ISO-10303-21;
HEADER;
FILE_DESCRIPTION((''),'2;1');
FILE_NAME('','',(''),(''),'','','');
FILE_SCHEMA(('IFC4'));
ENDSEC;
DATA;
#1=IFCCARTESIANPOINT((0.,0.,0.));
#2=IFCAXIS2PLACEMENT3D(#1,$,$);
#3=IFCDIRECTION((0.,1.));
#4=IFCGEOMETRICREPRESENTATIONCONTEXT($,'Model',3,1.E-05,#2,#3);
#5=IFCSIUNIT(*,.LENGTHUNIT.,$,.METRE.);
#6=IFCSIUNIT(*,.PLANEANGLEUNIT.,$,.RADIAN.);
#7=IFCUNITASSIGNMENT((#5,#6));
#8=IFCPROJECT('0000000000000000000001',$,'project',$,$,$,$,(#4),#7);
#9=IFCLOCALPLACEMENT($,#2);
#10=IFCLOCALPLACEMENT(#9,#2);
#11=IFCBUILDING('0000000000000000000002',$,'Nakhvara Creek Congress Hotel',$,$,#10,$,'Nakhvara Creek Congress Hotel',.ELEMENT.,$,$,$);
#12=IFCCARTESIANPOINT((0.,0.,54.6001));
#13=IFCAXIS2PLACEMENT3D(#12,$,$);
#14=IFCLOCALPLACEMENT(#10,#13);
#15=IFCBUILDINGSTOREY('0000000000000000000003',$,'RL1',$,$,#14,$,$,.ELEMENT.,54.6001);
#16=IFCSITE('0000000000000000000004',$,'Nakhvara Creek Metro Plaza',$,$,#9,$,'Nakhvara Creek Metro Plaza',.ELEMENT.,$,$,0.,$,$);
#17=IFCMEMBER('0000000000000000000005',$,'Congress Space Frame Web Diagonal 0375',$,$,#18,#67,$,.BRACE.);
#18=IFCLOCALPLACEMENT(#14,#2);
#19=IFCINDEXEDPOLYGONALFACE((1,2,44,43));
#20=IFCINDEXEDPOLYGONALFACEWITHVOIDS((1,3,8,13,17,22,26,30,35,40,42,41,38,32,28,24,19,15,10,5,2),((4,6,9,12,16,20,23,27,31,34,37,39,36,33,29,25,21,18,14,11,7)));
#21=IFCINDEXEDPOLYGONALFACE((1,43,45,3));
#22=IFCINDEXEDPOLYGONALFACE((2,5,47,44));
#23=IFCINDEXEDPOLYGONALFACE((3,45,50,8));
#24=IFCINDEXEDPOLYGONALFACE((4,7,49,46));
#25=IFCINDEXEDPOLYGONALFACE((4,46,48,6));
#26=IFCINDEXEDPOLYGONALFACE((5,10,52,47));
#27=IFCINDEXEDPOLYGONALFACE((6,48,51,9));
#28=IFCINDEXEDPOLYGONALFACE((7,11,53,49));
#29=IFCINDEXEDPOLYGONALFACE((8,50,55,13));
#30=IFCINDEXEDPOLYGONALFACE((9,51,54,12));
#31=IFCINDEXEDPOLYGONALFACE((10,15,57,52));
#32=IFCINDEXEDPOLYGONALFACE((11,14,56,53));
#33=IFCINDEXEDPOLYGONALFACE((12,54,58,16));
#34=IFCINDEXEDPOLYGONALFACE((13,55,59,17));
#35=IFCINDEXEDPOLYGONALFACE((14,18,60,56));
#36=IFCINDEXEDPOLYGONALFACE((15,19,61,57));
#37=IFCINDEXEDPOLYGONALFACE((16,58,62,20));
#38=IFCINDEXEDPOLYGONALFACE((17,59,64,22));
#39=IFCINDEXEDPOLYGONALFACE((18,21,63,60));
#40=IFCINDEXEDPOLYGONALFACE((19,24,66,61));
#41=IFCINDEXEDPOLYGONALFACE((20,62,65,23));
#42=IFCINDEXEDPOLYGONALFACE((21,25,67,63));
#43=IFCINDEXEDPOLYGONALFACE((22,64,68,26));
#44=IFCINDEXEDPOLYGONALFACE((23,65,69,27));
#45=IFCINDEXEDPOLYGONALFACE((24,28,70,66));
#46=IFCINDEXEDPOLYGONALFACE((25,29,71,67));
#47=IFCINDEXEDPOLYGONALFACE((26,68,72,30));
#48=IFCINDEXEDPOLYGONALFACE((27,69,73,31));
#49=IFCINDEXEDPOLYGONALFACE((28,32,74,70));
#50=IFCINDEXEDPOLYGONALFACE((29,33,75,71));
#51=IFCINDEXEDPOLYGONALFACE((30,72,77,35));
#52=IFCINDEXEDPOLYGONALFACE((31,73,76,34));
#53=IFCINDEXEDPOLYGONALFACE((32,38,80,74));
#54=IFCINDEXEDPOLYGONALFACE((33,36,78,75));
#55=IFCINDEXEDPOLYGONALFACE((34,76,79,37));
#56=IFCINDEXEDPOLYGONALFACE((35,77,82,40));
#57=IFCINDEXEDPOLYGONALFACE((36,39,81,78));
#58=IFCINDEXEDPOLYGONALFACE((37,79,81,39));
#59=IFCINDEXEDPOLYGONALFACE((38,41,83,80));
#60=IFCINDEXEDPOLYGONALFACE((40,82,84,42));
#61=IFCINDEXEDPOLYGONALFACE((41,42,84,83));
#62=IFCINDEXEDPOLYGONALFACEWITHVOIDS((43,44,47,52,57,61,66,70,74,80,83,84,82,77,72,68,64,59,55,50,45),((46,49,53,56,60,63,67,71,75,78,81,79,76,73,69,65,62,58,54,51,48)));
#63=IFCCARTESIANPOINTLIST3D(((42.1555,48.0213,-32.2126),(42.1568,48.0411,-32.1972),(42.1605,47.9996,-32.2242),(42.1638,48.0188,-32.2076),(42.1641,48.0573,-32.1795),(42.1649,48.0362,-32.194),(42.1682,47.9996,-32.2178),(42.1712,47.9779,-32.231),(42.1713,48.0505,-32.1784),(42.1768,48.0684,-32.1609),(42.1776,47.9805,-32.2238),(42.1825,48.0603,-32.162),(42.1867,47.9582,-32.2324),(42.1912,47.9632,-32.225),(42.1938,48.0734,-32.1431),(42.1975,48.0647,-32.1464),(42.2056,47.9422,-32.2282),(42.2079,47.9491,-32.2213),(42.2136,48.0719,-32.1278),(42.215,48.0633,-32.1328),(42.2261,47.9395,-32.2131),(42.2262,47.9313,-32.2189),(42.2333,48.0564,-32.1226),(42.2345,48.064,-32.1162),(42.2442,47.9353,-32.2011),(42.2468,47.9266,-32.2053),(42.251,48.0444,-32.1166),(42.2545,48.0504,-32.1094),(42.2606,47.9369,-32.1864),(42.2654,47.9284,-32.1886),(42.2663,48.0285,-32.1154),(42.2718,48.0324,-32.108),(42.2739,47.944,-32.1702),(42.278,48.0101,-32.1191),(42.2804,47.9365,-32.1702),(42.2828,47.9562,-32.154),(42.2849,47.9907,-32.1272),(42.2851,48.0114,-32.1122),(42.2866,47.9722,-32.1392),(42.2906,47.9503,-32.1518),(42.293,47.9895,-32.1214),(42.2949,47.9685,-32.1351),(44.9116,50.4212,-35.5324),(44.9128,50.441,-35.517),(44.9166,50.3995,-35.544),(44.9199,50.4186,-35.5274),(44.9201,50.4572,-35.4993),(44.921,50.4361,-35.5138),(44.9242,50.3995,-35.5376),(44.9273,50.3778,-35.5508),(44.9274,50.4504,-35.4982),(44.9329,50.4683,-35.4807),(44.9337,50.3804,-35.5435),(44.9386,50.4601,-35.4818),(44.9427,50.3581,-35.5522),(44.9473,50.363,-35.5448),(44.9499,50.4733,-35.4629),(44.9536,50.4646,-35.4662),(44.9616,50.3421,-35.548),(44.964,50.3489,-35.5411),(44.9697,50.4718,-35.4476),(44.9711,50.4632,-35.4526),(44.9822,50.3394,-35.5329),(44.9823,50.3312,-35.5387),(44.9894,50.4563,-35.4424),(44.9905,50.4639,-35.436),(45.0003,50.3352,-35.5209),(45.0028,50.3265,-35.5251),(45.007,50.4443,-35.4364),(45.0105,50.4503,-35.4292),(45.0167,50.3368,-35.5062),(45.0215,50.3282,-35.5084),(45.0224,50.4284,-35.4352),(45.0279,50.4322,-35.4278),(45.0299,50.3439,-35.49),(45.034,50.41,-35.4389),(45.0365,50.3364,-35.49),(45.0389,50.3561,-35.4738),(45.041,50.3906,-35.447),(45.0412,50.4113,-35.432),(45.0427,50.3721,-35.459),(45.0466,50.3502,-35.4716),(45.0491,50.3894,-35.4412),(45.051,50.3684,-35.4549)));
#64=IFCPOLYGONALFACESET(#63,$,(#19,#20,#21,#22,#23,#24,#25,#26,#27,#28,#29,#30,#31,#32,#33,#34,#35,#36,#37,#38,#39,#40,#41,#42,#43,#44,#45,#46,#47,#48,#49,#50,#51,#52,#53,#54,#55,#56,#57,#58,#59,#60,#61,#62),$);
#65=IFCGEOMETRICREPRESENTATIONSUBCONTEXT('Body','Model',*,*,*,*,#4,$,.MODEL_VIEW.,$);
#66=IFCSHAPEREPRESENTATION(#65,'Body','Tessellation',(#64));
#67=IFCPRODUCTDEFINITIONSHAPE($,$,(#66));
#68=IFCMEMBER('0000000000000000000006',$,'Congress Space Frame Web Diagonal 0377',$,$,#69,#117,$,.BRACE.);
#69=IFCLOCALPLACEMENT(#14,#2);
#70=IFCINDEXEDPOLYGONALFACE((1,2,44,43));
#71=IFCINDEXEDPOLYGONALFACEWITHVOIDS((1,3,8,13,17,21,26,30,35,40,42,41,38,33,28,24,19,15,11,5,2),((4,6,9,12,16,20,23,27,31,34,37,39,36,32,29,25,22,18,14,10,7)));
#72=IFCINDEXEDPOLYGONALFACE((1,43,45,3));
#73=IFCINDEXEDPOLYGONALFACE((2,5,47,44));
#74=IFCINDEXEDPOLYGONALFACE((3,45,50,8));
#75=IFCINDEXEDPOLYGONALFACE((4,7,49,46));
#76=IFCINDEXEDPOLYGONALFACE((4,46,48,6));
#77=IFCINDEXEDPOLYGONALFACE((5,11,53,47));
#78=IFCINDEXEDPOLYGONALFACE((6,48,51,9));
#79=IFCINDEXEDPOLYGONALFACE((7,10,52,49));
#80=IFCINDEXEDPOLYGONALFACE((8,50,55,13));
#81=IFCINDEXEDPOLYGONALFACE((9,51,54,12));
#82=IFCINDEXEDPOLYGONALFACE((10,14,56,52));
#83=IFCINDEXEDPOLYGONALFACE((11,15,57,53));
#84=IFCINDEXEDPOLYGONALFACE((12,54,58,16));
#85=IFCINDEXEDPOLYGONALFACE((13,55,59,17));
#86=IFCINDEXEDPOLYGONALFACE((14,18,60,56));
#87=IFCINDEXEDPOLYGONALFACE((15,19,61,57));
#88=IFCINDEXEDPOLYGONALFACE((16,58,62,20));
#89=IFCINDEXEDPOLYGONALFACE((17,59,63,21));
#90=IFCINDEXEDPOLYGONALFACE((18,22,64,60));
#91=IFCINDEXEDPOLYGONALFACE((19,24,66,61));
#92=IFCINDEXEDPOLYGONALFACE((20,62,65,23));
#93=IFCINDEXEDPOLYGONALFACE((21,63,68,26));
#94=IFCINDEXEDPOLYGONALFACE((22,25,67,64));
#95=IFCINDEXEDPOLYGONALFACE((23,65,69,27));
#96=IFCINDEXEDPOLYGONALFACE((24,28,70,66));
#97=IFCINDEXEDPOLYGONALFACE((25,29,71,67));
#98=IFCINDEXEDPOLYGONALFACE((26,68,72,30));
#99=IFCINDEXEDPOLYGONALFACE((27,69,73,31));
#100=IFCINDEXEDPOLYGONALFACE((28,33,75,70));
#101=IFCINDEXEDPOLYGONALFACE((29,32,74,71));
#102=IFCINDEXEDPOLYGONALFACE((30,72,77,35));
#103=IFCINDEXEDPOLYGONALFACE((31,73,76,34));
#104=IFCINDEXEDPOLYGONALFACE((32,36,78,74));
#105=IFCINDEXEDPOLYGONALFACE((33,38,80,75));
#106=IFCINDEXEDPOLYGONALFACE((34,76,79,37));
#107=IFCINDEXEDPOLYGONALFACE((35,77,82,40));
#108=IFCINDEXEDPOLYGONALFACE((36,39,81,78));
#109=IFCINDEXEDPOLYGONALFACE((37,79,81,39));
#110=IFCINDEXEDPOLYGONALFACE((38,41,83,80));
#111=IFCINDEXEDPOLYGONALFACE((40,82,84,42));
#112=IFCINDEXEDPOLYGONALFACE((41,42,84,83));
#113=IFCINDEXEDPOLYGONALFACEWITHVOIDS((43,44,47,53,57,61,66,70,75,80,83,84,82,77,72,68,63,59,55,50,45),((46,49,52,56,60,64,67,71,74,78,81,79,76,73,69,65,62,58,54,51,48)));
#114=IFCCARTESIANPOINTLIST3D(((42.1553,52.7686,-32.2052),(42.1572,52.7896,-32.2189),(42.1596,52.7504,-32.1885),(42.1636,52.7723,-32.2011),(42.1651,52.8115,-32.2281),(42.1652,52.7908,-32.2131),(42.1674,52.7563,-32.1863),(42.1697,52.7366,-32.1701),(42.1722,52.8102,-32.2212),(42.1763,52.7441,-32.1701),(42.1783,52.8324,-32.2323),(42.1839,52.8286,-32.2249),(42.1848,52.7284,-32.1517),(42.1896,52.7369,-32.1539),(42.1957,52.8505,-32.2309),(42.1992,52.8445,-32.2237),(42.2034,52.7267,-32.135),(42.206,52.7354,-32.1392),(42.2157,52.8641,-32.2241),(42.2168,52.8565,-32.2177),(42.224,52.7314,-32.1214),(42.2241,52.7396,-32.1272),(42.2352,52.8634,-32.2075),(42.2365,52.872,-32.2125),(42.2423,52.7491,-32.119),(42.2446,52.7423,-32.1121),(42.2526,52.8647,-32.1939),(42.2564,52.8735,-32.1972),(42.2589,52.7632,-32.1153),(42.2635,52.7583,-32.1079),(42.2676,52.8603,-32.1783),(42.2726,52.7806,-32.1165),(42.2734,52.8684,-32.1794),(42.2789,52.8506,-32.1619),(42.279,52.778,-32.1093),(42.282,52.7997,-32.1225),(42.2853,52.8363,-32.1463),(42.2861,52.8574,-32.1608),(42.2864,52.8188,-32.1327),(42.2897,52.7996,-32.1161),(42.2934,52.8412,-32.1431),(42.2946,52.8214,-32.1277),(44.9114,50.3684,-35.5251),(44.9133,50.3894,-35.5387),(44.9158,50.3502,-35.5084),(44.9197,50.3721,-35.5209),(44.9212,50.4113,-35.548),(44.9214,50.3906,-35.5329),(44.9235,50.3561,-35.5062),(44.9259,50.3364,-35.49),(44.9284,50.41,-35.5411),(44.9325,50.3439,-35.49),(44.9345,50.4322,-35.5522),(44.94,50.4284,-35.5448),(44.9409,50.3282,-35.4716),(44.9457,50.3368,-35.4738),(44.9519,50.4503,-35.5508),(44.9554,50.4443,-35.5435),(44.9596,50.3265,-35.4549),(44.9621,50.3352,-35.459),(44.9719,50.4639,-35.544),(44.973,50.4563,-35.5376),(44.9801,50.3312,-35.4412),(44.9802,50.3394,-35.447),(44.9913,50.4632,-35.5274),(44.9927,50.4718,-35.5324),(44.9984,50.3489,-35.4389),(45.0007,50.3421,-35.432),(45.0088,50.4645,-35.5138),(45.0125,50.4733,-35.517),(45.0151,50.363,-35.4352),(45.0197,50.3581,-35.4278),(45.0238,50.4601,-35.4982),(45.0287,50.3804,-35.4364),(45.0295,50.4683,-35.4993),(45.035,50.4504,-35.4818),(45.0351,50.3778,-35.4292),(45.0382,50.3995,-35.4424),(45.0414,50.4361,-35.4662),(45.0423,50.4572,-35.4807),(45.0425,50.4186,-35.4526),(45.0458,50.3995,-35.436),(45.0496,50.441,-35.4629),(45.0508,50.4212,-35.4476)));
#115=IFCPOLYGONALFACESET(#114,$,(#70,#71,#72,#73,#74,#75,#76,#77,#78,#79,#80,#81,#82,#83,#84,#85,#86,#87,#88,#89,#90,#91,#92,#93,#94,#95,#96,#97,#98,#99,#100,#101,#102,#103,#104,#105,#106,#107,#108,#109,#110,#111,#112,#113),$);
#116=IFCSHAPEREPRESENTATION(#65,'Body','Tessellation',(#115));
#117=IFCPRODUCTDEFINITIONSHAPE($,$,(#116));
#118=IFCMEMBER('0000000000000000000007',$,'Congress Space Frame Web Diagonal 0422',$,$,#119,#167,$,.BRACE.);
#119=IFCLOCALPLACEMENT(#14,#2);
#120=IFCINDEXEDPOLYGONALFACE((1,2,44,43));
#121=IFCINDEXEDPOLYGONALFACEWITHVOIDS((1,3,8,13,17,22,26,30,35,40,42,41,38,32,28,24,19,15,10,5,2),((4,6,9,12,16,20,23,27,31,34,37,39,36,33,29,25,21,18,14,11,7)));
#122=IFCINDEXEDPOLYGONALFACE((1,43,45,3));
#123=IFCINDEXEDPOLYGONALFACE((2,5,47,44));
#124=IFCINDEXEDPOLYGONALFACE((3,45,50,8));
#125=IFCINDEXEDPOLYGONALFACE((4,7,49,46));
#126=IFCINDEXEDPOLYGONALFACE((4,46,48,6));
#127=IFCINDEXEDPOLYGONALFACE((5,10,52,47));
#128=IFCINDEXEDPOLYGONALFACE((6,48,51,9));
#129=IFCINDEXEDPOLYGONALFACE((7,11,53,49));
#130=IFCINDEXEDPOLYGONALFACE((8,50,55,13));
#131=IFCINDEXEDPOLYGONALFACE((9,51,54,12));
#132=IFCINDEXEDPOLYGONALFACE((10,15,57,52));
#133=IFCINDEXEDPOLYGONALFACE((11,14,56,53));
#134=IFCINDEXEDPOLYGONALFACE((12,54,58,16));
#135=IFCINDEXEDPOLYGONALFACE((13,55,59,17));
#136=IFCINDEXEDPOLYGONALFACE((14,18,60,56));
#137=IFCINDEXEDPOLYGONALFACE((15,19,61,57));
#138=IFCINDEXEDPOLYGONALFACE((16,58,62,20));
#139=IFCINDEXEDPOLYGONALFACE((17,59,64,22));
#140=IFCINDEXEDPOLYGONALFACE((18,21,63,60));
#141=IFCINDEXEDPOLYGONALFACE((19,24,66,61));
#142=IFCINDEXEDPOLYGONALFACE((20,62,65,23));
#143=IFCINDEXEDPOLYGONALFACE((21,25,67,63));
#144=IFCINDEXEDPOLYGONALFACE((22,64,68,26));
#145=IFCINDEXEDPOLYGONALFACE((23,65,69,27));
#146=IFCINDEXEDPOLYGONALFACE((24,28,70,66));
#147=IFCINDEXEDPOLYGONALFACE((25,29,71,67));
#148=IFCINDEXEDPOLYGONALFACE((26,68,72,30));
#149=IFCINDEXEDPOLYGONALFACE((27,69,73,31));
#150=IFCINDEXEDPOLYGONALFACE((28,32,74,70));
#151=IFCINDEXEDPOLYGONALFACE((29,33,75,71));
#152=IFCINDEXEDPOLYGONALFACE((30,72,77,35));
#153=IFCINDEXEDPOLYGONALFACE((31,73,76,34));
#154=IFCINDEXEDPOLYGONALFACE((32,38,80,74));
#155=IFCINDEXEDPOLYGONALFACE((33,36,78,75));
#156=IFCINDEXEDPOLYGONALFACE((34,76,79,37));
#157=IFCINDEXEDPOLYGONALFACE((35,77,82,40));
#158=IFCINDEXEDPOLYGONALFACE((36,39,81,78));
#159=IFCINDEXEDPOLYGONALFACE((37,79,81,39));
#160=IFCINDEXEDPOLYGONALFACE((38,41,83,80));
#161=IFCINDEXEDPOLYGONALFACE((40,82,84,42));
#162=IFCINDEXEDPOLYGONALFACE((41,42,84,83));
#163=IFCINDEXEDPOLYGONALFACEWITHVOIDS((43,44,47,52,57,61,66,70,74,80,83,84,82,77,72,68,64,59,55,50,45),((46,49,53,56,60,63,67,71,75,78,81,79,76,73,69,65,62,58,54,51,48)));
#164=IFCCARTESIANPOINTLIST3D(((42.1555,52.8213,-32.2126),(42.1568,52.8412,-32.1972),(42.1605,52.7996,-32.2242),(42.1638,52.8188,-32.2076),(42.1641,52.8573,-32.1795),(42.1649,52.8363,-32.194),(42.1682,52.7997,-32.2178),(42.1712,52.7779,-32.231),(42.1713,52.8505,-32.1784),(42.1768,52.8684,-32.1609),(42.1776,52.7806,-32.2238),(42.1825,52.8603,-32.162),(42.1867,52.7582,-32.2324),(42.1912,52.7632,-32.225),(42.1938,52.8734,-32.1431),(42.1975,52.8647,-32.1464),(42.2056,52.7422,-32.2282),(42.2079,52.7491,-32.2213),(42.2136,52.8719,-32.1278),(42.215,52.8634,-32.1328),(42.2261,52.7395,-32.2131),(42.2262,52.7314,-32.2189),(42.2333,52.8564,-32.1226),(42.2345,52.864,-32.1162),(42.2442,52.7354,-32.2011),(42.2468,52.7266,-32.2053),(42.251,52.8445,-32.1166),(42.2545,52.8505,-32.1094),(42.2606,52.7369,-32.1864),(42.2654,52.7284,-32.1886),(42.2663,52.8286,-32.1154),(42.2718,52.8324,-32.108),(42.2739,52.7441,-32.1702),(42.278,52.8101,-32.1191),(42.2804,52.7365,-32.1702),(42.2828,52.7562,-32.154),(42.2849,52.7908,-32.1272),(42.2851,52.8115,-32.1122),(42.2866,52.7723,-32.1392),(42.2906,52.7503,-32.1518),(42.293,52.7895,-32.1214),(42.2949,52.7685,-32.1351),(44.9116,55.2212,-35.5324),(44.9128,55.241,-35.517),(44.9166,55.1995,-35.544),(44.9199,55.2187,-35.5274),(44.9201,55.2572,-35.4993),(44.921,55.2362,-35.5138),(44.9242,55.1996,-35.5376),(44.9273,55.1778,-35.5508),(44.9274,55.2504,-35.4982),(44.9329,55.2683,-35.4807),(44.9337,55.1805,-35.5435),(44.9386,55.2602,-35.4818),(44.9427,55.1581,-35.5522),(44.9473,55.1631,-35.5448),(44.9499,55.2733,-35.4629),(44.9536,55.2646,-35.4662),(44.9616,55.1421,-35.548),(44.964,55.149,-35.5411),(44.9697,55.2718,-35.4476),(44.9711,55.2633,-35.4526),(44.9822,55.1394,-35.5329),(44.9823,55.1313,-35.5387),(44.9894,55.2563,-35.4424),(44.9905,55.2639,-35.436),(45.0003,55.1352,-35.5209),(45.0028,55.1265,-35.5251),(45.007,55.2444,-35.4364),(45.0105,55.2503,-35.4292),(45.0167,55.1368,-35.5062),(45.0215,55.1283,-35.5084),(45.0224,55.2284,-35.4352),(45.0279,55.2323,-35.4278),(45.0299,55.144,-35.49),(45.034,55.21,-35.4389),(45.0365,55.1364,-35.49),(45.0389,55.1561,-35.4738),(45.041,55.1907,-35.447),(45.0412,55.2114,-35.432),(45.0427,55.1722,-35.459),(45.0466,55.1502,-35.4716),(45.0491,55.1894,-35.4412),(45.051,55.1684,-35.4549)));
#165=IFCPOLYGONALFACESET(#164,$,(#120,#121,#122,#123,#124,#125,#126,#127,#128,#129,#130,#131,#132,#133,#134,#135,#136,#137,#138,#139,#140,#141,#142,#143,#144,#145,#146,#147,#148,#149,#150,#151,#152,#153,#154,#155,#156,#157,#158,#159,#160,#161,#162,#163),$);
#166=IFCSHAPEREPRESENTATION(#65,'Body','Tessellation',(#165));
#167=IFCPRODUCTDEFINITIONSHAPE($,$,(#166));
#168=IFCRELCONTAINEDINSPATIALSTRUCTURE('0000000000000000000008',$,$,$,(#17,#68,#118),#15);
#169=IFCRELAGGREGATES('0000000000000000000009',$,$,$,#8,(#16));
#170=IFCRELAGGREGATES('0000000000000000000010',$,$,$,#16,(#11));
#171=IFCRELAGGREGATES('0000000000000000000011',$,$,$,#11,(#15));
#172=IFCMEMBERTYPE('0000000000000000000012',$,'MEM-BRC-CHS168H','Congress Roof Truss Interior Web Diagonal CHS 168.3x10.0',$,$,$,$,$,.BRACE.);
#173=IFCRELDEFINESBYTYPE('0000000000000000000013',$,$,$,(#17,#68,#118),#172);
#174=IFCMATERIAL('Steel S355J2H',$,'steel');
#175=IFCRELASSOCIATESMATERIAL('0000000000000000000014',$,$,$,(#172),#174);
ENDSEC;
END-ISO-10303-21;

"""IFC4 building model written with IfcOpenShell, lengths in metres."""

from ifc_helpers import new_model, si_unit, direction, frame, origin, origin_2d, place, context, subcontext, project, spatial, hollow_circle, extrude, material, material_profile, profile_set, type_object, element, save


model = new_model("IFC4")

# Units and contexts
model_context = context("Model", 3, precision=1e-05, world=origin(), true_north=direction((0.0, 1.0)))
body_context = subcontext(model_context, "Body", "Model", "MODEL_VIEW")
ifc_project = project(units=[si_unit("LENGTHUNIT", "METRE"), si_unit("PLANEANGLEUNIT", "RADIAN")], contexts=[model_context])

# Site, building, storey
site_placement = place(None, origin())
site = spatial("IfcSite", under=ifc_project, at=site_placement, Name="Nakhvara Creek Metro Plaza", LongName="Nakhvara Creek Metro Plaza", CompositionType="ELEMENT", RefElevation=0.0)
building_placement = place(site_placement, origin())
building = spatial("IfcBuilding", under=site, at=building_placement, Name="Nakhvara Creek Congress Hotel", LongName="Nakhvara Creek Congress Hotel", CompositionType="ELEMENT")
storey_placement = place(building_placement, frame((0.0, 0.0, 54.6001)))
storey = spatial("IfcBuildingStorey", under=building, at=storey_placement, Name="RL1", CompositionType="ELEMENT", Elevation=54.6001)

# Members
ifc_material_1 = material(Name="Steel S355J2H", Category="steel")
ifc_material_profile_1 = material_profile(ifc_material_1, hollow_circle(Radius=0.0842, WallThickness=0.01, at=origin_2d()), Name="CHS 168.3x10.0", Category="LoadBearing")
ifc_profile_set_1 = profile_set([ifc_material_profile_1], Name="Steel S355J2H")
member_type_1 = type_object("IfcMemberType", Name="MEM-BRC-CHS168H", Description="Congress Roof Truss Interior Web Diagonal CHS 168.3x10.0", PredefinedType="BRACE", material=ifc_profile_set_1)
member_1_placement = place(storey_placement, frame((44.9812, 50.3999, -35.49), z_axis=(-0.558221, -0.486076, 0.672398), x_axis=(0.656691, -0.75416, 0.0)))
element("IfcMember", 1, at=member_1_placement, inside=storey, type_object=member_type_1, Name="Congress Space Frame Web Diagonal 0375", PredefinedType="BRACE", context=body_context, shape_type="SweptSolid", body=[
    extrude(hollow_circle(Radius=0.0842, WallThickness=0.01, at=origin_2d()), origin(), (0.0, 0.0, 1.0), 4.9373),
])
member_2_placement = place(storey_placement, frame((44.9812, 50.3999, -35.49), z_axis=(-0.558208, 0.486114, 0.672381), x_axis=(-0.656729, -0.754126, 0.0)))
element("IfcMember", 2, at=member_2_placement, inside=storey, type_object=member_type_1, Name="Congress Space Frame Web Diagonal 0377", PredefinedType="BRACE", context=body_context, shape_type="SweptSolid", body=[
    extrude(hollow_circle(Radius=0.0842, WallThickness=0.01, at=origin_2d()), origin(), (0.0, 0.0, 1.0), 4.9375),
])
member_3_placement = place(storey_placement, frame((44.9812, 55.2, -35.49), z_axis=(-0.558221, -0.486076, 0.672398), x_axis=(0.656691, -0.75416, 0.0)))
element("IfcMember", 3, at=member_3_placement, inside=storey, type_object=member_type_1, Name="Congress Space Frame Web Diagonal 0422", PredefinedType="BRACE", context=body_context, shape_type="SweptSolid", body=[
    extrude(hollow_circle(Radius=0.0842, WallThickness=0.01, at=origin_2d()), origin(), (0.0, 0.0, 1.0), 4.9373),
])

save(model, "model.ifc")
